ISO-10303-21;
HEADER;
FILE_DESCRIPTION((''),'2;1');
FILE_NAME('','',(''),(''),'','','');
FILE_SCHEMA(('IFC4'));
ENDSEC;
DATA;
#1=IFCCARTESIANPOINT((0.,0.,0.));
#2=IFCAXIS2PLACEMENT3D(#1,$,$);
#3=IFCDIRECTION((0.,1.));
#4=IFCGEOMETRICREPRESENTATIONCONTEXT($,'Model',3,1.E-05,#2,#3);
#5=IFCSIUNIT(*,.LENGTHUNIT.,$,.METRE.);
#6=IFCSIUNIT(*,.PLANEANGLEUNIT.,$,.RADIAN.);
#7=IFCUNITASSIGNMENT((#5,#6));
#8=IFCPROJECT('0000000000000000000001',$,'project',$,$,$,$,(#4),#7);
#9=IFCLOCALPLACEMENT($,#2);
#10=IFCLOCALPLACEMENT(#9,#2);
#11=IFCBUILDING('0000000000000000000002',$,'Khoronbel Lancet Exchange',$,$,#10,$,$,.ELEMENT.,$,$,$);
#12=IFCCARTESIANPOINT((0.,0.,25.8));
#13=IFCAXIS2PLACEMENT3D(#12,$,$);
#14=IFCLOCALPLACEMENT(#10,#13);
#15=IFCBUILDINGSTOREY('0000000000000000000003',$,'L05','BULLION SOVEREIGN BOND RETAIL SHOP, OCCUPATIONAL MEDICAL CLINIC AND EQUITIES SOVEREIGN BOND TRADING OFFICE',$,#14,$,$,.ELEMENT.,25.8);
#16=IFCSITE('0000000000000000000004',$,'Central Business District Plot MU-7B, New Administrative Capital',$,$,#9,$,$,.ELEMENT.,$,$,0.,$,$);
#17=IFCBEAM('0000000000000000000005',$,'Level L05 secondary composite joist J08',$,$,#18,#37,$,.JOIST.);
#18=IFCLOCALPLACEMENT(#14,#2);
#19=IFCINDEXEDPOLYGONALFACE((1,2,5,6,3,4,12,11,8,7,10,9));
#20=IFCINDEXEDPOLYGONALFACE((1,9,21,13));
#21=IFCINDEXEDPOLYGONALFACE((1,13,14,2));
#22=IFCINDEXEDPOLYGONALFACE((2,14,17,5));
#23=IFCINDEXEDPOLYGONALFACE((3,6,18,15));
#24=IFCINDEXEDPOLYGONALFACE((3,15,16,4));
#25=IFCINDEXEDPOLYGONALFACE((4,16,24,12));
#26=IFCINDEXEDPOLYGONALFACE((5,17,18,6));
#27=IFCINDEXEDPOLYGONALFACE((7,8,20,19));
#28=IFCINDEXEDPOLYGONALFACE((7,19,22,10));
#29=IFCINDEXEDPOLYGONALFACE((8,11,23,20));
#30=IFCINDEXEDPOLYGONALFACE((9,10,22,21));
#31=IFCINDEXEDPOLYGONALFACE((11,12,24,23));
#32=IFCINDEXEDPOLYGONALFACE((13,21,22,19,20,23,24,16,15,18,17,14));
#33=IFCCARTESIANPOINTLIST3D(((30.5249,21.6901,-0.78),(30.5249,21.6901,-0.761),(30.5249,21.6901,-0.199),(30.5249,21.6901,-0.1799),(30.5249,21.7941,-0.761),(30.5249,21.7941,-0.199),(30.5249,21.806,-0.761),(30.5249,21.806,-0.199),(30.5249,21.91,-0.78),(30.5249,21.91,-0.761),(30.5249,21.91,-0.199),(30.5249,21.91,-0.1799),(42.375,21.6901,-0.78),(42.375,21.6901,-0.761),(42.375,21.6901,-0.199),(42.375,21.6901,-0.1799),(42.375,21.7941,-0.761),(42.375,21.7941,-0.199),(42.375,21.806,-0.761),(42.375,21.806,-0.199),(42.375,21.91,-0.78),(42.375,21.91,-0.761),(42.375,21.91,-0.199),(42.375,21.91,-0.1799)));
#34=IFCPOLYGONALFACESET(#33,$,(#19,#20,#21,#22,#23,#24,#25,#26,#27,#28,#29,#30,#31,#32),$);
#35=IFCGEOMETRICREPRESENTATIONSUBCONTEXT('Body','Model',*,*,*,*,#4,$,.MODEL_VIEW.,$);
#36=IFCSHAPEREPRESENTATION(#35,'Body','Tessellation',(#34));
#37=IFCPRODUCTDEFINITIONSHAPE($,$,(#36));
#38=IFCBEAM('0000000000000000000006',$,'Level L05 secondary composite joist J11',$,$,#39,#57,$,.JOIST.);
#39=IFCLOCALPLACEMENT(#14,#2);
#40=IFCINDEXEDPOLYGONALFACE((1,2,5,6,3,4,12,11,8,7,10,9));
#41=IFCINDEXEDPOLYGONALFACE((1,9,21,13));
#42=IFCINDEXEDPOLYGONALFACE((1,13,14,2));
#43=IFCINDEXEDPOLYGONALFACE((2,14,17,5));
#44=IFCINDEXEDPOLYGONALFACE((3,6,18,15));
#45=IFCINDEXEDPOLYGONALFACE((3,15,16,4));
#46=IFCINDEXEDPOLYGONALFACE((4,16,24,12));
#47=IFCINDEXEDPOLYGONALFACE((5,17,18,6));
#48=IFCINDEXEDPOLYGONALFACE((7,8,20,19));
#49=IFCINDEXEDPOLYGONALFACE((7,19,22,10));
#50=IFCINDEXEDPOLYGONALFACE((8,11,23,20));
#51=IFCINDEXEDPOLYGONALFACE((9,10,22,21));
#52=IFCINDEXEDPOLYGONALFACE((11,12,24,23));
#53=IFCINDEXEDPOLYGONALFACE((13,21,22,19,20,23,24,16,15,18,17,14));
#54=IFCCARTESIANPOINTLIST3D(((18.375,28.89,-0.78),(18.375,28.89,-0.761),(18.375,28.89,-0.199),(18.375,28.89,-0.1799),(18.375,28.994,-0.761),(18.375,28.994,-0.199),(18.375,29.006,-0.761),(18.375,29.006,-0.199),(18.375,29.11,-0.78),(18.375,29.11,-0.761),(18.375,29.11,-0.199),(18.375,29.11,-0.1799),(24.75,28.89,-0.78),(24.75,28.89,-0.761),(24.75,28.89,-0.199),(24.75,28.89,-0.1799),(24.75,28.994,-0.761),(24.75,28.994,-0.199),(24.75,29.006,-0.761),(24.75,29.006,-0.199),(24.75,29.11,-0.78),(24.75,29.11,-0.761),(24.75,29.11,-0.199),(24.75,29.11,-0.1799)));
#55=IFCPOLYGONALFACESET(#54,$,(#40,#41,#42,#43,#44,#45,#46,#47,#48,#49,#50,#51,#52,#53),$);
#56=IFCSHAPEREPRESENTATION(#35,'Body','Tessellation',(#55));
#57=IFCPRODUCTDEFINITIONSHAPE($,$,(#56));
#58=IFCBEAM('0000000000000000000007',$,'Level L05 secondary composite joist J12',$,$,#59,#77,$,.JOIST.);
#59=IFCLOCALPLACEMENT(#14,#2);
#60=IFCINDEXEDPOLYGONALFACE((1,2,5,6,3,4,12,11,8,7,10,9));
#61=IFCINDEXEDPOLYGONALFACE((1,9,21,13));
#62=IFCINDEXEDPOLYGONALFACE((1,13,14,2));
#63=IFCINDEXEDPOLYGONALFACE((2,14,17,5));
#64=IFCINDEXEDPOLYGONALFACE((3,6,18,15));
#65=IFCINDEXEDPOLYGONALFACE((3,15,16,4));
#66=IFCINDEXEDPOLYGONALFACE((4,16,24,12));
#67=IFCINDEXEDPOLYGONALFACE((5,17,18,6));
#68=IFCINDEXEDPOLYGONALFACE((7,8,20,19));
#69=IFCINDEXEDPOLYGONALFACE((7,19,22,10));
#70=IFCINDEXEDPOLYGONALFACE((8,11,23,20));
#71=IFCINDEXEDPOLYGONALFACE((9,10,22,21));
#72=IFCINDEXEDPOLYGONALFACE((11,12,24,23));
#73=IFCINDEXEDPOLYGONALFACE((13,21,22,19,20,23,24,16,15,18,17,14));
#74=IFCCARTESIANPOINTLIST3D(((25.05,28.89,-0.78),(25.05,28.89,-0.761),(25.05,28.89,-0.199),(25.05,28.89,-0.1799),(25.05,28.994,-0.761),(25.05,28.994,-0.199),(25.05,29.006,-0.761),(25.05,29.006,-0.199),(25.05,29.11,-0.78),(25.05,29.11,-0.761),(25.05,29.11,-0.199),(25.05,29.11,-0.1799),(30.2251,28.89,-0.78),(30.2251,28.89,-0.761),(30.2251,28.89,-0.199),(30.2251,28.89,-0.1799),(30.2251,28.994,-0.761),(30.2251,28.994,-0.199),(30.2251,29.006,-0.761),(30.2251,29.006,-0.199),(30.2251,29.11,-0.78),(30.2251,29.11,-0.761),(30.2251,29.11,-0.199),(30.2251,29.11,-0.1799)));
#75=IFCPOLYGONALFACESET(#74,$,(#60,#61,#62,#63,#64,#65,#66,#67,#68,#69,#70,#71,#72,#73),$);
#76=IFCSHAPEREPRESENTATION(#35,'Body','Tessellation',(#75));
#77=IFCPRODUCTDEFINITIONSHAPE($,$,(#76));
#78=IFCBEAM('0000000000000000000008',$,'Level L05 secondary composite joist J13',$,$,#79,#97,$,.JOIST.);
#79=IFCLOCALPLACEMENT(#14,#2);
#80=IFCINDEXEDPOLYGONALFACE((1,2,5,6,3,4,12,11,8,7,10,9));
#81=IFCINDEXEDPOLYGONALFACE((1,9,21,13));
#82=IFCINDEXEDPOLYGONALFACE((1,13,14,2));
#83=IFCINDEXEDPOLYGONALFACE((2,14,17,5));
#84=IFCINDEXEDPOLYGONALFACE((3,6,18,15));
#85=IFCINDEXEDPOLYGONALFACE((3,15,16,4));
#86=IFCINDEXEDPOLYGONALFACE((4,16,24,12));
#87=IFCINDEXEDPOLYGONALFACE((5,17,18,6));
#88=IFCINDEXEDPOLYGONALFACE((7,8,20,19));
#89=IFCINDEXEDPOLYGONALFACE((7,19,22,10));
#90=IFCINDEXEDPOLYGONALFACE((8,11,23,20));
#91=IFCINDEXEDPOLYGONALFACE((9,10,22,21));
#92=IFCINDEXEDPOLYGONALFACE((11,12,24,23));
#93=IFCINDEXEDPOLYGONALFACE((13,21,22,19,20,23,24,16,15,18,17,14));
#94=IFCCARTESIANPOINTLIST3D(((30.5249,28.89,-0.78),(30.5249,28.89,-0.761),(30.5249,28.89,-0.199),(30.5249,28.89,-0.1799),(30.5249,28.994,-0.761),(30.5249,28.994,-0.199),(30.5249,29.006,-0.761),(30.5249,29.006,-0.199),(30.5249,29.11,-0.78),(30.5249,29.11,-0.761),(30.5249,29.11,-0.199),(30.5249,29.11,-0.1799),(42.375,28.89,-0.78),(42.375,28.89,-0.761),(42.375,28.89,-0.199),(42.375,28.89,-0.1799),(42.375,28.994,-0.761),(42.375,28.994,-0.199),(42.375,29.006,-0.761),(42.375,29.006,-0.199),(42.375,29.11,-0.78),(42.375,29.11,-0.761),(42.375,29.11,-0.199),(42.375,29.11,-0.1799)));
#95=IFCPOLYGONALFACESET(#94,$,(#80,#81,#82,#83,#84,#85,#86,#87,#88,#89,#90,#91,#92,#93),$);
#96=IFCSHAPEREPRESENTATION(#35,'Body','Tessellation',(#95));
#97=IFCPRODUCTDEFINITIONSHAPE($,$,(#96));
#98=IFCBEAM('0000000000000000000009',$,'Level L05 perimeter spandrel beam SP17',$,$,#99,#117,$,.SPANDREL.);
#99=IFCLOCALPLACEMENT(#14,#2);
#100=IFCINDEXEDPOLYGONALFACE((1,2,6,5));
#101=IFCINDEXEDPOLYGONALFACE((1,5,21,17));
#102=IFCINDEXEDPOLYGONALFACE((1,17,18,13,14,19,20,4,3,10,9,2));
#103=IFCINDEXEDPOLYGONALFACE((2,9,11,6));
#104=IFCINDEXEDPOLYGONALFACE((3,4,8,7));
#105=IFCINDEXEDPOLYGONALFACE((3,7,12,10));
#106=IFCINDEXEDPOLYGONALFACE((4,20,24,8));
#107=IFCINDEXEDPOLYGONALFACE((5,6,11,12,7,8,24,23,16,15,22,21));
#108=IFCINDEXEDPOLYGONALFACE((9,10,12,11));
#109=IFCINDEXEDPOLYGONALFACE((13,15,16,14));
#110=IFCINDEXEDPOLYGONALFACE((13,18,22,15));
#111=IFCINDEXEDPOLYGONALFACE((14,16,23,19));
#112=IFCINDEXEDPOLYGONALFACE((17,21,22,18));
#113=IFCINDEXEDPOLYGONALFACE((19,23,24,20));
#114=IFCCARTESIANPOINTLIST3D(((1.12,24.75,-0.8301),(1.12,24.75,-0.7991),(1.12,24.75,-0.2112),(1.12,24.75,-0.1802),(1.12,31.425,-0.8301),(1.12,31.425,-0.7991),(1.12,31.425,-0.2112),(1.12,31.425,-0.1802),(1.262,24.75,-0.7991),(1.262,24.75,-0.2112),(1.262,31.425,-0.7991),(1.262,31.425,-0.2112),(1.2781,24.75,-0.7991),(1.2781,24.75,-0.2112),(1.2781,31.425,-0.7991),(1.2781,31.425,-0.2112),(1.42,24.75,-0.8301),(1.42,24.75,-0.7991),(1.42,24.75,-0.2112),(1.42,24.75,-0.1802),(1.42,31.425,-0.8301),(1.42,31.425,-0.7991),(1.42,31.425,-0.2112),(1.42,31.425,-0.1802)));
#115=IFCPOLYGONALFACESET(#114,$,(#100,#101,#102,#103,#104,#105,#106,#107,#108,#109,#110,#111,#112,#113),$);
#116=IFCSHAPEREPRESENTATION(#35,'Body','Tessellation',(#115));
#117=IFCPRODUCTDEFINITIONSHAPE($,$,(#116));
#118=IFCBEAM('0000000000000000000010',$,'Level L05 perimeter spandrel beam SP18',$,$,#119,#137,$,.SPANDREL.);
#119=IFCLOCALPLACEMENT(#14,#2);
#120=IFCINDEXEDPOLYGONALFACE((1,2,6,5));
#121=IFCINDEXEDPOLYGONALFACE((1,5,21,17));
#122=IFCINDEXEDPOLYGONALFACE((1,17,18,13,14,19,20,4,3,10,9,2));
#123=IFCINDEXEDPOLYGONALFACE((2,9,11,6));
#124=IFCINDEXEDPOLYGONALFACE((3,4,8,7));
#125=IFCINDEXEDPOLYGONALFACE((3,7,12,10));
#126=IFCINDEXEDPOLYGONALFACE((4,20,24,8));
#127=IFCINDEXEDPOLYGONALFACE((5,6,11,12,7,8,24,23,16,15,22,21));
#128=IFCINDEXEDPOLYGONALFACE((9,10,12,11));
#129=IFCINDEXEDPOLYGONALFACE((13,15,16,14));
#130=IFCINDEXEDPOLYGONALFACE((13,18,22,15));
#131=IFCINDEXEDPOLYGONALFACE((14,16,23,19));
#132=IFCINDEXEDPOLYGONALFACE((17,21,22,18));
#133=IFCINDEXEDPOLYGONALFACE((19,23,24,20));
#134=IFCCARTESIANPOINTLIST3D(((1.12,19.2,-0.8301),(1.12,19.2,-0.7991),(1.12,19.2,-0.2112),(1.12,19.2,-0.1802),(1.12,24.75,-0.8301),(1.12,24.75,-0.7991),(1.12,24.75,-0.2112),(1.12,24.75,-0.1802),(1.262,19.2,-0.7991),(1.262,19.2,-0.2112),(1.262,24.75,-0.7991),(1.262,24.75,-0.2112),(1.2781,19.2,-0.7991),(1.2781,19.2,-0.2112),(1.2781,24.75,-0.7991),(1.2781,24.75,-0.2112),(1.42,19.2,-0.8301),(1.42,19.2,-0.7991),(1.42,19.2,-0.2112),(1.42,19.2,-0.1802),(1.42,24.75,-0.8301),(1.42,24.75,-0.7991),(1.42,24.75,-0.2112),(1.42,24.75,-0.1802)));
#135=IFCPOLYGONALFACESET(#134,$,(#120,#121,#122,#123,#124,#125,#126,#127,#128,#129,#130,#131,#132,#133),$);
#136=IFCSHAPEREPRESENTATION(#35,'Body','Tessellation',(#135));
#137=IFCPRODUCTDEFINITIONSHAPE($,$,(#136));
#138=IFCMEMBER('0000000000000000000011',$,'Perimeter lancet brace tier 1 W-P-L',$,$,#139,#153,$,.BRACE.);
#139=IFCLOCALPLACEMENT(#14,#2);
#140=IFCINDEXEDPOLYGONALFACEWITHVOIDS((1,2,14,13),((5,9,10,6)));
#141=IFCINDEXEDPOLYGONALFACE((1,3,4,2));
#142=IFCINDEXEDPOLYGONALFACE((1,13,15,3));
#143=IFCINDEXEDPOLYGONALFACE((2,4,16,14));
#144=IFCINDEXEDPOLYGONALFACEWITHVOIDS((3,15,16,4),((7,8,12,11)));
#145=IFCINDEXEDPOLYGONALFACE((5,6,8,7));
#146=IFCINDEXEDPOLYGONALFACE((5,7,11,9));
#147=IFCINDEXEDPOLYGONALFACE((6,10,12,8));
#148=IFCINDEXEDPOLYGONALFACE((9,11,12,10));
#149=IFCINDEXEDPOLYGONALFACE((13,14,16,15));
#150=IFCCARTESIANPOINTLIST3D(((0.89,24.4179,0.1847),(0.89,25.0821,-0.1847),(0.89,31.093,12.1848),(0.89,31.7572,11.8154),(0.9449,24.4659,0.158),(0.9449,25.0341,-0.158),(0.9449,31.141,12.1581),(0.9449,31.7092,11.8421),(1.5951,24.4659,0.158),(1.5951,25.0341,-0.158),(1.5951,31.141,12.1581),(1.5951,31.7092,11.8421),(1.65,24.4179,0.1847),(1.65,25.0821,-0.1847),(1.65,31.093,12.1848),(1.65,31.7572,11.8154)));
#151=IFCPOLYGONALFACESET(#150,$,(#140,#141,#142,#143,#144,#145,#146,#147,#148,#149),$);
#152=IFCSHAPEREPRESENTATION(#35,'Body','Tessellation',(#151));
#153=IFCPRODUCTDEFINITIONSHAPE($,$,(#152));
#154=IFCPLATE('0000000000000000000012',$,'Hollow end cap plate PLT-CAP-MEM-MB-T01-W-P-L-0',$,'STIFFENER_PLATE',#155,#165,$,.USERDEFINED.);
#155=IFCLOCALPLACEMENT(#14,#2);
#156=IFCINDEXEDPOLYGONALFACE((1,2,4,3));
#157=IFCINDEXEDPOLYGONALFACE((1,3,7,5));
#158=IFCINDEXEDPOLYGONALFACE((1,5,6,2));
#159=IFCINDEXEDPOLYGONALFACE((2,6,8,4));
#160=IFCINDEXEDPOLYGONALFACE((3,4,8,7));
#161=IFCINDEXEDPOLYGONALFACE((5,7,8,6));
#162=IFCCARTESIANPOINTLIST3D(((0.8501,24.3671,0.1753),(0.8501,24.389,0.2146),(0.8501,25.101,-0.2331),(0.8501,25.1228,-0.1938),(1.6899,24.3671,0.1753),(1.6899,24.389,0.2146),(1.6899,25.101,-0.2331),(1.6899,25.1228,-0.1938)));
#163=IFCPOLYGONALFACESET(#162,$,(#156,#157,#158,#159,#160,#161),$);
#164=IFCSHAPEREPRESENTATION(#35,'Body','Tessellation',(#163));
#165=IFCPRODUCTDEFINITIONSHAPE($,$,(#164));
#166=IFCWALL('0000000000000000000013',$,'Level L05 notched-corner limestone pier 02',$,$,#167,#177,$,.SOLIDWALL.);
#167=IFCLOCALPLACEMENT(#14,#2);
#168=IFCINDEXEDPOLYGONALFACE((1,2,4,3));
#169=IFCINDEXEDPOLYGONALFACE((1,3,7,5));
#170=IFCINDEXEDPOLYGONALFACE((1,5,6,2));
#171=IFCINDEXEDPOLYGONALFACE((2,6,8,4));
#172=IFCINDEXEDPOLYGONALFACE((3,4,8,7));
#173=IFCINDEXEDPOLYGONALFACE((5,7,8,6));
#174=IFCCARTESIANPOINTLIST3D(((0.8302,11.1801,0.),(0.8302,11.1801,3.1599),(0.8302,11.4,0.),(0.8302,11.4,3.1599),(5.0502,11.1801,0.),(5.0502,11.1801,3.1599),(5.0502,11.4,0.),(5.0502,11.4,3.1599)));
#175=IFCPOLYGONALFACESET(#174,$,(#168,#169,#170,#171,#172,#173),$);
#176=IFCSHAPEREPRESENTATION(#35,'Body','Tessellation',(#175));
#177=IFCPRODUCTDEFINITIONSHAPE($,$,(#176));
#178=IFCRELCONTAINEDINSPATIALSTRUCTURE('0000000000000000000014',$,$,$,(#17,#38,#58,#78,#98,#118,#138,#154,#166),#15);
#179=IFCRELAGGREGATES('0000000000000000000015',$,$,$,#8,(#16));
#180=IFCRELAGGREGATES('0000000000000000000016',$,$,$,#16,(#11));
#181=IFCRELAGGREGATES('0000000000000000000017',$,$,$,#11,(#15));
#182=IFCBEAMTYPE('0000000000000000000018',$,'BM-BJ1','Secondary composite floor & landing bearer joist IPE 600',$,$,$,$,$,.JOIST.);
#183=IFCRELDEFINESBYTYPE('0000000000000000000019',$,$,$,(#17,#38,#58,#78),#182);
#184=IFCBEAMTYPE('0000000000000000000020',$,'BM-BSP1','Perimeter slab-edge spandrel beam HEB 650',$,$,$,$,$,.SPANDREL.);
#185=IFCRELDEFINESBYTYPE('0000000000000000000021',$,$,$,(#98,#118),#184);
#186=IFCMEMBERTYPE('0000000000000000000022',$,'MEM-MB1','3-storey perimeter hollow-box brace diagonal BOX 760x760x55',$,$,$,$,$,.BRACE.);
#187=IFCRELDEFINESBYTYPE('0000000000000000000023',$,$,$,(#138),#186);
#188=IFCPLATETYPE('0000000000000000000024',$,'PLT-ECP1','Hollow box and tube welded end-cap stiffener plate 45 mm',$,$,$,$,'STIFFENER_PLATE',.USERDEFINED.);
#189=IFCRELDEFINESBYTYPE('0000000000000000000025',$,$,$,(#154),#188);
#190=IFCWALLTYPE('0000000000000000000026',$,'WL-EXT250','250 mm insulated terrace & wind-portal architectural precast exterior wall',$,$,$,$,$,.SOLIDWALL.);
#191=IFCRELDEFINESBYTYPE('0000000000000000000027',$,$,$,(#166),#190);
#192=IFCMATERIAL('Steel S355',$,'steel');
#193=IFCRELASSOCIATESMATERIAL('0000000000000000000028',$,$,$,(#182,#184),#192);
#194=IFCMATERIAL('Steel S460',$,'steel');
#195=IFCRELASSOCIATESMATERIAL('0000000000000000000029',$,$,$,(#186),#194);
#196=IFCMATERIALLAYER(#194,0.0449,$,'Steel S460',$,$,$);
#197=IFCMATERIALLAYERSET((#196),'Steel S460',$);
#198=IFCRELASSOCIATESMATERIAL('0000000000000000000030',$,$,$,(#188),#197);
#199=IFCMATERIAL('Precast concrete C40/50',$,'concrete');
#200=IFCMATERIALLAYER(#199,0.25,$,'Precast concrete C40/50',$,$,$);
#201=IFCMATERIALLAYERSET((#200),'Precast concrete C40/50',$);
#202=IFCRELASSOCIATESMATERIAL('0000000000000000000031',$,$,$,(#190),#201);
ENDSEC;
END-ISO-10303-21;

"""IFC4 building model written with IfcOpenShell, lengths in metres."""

from ifc_helpers import new_model, si_unit, direction, frame, frame_2d, origin, origin_2d, place, context, subcontext, project, spatial, polyline, rectangle, hollow_rectangle, i_section, outline, extrude, material, layer, layer_set, material_profile, profile_set, type_object, element, save


model = new_model("IFC4")

# Units and contexts
model_context = context("Model", 3, precision=1e-05, world=origin(), true_north=direction((0.0, 1.0)))
body_context = subcontext(model_context, "Body", "Model", "MODEL_VIEW")
ifc_project = project(units=[si_unit("LENGTHUNIT", "METRE"), si_unit("PLANEANGLEUNIT", "RADIAN")], contexts=[model_context])

# Site, building, storey
site_placement = place(None, origin())
site = spatial("IfcSite", under=ifc_project, at=site_placement, Name="Central Business District Plot MU-7B, New Administrative Capital", CompositionType="ELEMENT", RefElevation=0.0)
building_placement = place(site_placement, origin())
building = spatial("IfcBuilding", under=site, at=building_placement, Name="Khoronbel Lancet Exchange", CompositionType="ELEMENT")
storey_placement = place(building_placement, frame((0.0, 0.0, 25.8)))
storey = spatial("IfcBuildingStorey", under=building, at=storey_placement, Name="L05", Description="BULLION SOVEREIGN BOND RETAIL SHOP, OCCUPATIONAL MEDICAL CLINIC AND EQUITIES SOVEREIGN BOND TRADING OFFICE", CompositionType="ELEMENT", Elevation=25.8)

# Shared definitions
ifc_material_1 = material(Name="Steel S355", Category="steel")

# Beams
ifc_material_profile_1 = material_profile(ifc_material_1, i_section(OverallWidth=0.22, OverallDepth=0.6001, WebThickness=0.012, FlangeThickness=0.019, at=origin_2d()), Name="IPE 600")
ifc_profile_set_1 = profile_set([ifc_material_profile_1], Name="Steel S355")
beam_type_1 = type_object("IfcBeamType", Name="BM-BJ1", Description="Secondary composite floor & landing bearer joist IPE 600", PredefinedType="JOIST", material=ifc_profile_set_1)
beam_1_placement = place(storey_placement, frame((30.5249, 21.8, -0.48), z_axis=(1.0, 0.0, 0.0), x_axis=(0.0, 1.0, 0.0)))
element("IfcBeam", 1, at=beam_1_placement, inside=storey, type_object=beam_type_1, Name="Level L05 secondary composite joist J08", PredefinedType="JOIST", context=body_context, shape_type="SweptSolid", body=[
    extrude(i_section(OverallWidth=0.22, OverallDepth=0.6001, WebThickness=0.012, FlangeThickness=0.019, at=origin_2d()), origin(), (0.0, 0.0, 1.0), 11.8501),
])
beam_2_placement = place(storey_placement, frame((18.375, 29.0, -0.48), z_axis=(1.0, 0.0, 0.0), x_axis=(0.0, 1.0, 0.0)))
element("IfcBeam", 2, at=beam_2_placement, inside=storey, type_object=beam_type_1, Name="Level L05 secondary composite joist J11", PredefinedType="JOIST", context=body_context, shape_type="SweptSolid", body=[
    extrude(i_section(OverallWidth=0.22, OverallDepth=0.6001, WebThickness=0.012, FlangeThickness=0.019, at=origin_2d()), origin(), (0.0, 0.0, 1.0), 6.375),
])
beam_3_placement = place(storey_placement, frame((25.05, 29.0, -0.48), z_axis=(1.0, 0.0, 0.0), x_axis=(0.0, 1.0, 0.0)))
element("IfcBeam", 3, at=beam_3_placement, inside=storey, type_object=beam_type_1, Name="Level L05 secondary composite joist J12", PredefinedType="JOIST", context=body_context, shape_type="SweptSolid", body=[
    extrude(i_section(OverallWidth=0.22, OverallDepth=0.6001, WebThickness=0.012, FlangeThickness=0.019, at=origin_2d()), origin(), (0.0, 0.0, 1.0), 5.175),
])
beam_4_placement = place(storey_placement, frame((30.5249, 29.0, -0.48), z_axis=(1.0, 0.0, 0.0), x_axis=(0.0, 1.0, 0.0)))
element("IfcBeam", 4, at=beam_4_placement, inside=storey, type_object=beam_type_1, Name="Level L05 secondary composite joist J13", PredefinedType="JOIST", context=body_context, shape_type="SweptSolid", body=[
    extrude(i_section(OverallWidth=0.22, OverallDepth=0.6001, WebThickness=0.012, FlangeThickness=0.019, at=origin_2d()), origin(), (0.0, 0.0, 1.0), 11.8501),
])
ifc_material_profile_2 = material_profile(ifc_material_1, i_section(OverallWidth=0.3, OverallDepth=0.6499, WebThickness=0.0161, FlangeThickness=0.031, at=origin_2d()), Name="HEB 650")
ifc_profile_set_2 = profile_set([ifc_material_profile_2], Name="Steel S355")
beam_type_2 = type_object("IfcBeamType", Name="BM-BSP1", Description="Perimeter slab-edge spandrel beam HEB 650", PredefinedType="SPANDREL", material=ifc_profile_set_2)
beam_5_placement = place(storey_placement, frame((1.27, 31.425, -0.5051), z_axis=(0.0, -1.0, 0.0), x_axis=(1.0, 0.0, 0.0)))
element("IfcBeam", 5, at=beam_5_placement, inside=storey, type_object=beam_type_2, Name="Level L05 perimeter spandrel beam SP17", PredefinedType="SPANDREL", context=body_context, shape_type="SweptSolid", body=[
    extrude(i_section(OverallWidth=0.3, OverallDepth=0.6499, WebThickness=0.0161, FlangeThickness=0.031, at=origin_2d()), origin(), (0.0, 0.0, 1.0), 6.675),
])
beam_6_placement = place(storey_placement, frame((1.27, 24.75, -0.5051), z_axis=(0.0, -1.0, 0.0), x_axis=(1.0, 0.0, 0.0)))
element("IfcBeam", 6, at=beam_6_placement, inside=storey, type_object=beam_type_2, Name="Level L05 perimeter spandrel beam SP18", PredefinedType="SPANDREL", context=body_context, shape_type="SweptSolid", body=[
    extrude(i_section(OverallWidth=0.3, OverallDepth=0.6499, WebThickness=0.0161, FlangeThickness=0.031, at=origin_2d()), origin(), (0.0, 0.0, 1.0), 5.55),
])

# Member
ifc_material_2 = material(Name="Steel S460", Category="steel")
ifc_material_profile_3 = material_profile(ifc_material_2, hollow_rectangle(XDim=0.76, YDim=0.76, WallThickness=0.0549, at=origin_2d()), Name="BOX 760x760x55")
ifc_profile_set_3 = profile_set([ifc_material_profile_3], Name="Steel S460")
member_type = type_object("IfcMemberType", Name="MEM-MB1", Description="3-storey perimeter hollow-box brace diagonal BOX 760x760x55", PredefinedType="BRACE", material=ifc_profile_set_3)
member_placement = place(storey_placement, frame((1.27, 24.75, 0.0), z_axis=(0.0, 0.486109, 0.873898), x_axis=(-1.0, 0.0, 0.0)))
element("IfcMember", 7, at=member_placement, inside=storey, type_object=member_type, Name="Perimeter lancet brace tier 1 W-P-L", PredefinedType="BRACE", context=body_context, shape_type="SweptSolid", body=[
    extrude(hollow_rectangle(XDim=0.76, YDim=0.76, WallThickness=0.0549, at=origin_2d()), origin(), (0.0, 0.0, 1.0), 13.7317),
])

# Plate
ifc_layer_1 = layer(ifc_material_2, 0.0449, Name="Steel S460")
ifc_layer_set_1 = layer_set([ifc_layer_1], Name="Steel S460")
plate_type = type_object("IfcPlateType", Name="PLT-ECP1", Description="Hollow box and tube welded end-cap stiffener plate 45 mm", ElementType="STIFFENER_PLATE", PredefinedType="USERDEFINED", material=ifc_layer_set_1)
plate_placement = place(storey_placement, frame((1.6899, 25.1228, -0.1938), z_axis=(0.0, 0.486309, 0.873787), x_axis=(-1.0, 0.0, 0.0)))
element("IfcPlate", 8, at=plate_placement, inside=storey, type_object=plate_type, Name="Hollow end cap plate PLT-CAP-MEM-MB-T01-W-P-L-0", ObjectType="STIFFENER_PLATE", PredefinedType="USERDEFINED", context=body_context, shape_type="SweptSolid", body=[
    extrude(outline(polyline([(0.0, 0.0), (0.8398, 0.0), (0.8398, 0.8398), (0.0, 0.8398), (0.0, 0.0)])), origin(), (0.0, 0.0, -1.0), 0.0449),
])

# Wall
ifc_material_3 = material(Name="Precast concrete C40/50", Category="concrete")
ifc_layer_2 = layer(ifc_material_3, 0.25, Name="Precast concrete C40/50")
ifc_layer_set_2 = layer_set([ifc_layer_2], Name="Precast concrete C40/50")
wall_type_1 = type_object("IfcWallType", Name="WL-EXT250", Description="250 mm insulated terrace & wind-portal architectural precast exterior wall", PredefinedType="SOLIDWALL", material=ifc_layer_set_2)
wall_1_placement = place(storey_placement, frame((5.05, 11.29, 0.0), z_axis=(0.0, 0.0, 1.0), x_axis=(-1.0, 0.0, 0.0)))
element("IfcWall", 9, at=wall_1_placement, inside=storey, type_object=wall_type_1, Name="Level L05 notched-corner limestone pier 02", PredefinedType="SOLIDWALL", context=body_context, shape_type="SweptSolid", body=[
    extrude(rectangle(XDim=4.22, YDim=0.22, at=frame_2d((2.1099, 0.0))), origin(), (0.0, 0.0, 1.0), 3.1599),
])

save(model, "model.ifc")
